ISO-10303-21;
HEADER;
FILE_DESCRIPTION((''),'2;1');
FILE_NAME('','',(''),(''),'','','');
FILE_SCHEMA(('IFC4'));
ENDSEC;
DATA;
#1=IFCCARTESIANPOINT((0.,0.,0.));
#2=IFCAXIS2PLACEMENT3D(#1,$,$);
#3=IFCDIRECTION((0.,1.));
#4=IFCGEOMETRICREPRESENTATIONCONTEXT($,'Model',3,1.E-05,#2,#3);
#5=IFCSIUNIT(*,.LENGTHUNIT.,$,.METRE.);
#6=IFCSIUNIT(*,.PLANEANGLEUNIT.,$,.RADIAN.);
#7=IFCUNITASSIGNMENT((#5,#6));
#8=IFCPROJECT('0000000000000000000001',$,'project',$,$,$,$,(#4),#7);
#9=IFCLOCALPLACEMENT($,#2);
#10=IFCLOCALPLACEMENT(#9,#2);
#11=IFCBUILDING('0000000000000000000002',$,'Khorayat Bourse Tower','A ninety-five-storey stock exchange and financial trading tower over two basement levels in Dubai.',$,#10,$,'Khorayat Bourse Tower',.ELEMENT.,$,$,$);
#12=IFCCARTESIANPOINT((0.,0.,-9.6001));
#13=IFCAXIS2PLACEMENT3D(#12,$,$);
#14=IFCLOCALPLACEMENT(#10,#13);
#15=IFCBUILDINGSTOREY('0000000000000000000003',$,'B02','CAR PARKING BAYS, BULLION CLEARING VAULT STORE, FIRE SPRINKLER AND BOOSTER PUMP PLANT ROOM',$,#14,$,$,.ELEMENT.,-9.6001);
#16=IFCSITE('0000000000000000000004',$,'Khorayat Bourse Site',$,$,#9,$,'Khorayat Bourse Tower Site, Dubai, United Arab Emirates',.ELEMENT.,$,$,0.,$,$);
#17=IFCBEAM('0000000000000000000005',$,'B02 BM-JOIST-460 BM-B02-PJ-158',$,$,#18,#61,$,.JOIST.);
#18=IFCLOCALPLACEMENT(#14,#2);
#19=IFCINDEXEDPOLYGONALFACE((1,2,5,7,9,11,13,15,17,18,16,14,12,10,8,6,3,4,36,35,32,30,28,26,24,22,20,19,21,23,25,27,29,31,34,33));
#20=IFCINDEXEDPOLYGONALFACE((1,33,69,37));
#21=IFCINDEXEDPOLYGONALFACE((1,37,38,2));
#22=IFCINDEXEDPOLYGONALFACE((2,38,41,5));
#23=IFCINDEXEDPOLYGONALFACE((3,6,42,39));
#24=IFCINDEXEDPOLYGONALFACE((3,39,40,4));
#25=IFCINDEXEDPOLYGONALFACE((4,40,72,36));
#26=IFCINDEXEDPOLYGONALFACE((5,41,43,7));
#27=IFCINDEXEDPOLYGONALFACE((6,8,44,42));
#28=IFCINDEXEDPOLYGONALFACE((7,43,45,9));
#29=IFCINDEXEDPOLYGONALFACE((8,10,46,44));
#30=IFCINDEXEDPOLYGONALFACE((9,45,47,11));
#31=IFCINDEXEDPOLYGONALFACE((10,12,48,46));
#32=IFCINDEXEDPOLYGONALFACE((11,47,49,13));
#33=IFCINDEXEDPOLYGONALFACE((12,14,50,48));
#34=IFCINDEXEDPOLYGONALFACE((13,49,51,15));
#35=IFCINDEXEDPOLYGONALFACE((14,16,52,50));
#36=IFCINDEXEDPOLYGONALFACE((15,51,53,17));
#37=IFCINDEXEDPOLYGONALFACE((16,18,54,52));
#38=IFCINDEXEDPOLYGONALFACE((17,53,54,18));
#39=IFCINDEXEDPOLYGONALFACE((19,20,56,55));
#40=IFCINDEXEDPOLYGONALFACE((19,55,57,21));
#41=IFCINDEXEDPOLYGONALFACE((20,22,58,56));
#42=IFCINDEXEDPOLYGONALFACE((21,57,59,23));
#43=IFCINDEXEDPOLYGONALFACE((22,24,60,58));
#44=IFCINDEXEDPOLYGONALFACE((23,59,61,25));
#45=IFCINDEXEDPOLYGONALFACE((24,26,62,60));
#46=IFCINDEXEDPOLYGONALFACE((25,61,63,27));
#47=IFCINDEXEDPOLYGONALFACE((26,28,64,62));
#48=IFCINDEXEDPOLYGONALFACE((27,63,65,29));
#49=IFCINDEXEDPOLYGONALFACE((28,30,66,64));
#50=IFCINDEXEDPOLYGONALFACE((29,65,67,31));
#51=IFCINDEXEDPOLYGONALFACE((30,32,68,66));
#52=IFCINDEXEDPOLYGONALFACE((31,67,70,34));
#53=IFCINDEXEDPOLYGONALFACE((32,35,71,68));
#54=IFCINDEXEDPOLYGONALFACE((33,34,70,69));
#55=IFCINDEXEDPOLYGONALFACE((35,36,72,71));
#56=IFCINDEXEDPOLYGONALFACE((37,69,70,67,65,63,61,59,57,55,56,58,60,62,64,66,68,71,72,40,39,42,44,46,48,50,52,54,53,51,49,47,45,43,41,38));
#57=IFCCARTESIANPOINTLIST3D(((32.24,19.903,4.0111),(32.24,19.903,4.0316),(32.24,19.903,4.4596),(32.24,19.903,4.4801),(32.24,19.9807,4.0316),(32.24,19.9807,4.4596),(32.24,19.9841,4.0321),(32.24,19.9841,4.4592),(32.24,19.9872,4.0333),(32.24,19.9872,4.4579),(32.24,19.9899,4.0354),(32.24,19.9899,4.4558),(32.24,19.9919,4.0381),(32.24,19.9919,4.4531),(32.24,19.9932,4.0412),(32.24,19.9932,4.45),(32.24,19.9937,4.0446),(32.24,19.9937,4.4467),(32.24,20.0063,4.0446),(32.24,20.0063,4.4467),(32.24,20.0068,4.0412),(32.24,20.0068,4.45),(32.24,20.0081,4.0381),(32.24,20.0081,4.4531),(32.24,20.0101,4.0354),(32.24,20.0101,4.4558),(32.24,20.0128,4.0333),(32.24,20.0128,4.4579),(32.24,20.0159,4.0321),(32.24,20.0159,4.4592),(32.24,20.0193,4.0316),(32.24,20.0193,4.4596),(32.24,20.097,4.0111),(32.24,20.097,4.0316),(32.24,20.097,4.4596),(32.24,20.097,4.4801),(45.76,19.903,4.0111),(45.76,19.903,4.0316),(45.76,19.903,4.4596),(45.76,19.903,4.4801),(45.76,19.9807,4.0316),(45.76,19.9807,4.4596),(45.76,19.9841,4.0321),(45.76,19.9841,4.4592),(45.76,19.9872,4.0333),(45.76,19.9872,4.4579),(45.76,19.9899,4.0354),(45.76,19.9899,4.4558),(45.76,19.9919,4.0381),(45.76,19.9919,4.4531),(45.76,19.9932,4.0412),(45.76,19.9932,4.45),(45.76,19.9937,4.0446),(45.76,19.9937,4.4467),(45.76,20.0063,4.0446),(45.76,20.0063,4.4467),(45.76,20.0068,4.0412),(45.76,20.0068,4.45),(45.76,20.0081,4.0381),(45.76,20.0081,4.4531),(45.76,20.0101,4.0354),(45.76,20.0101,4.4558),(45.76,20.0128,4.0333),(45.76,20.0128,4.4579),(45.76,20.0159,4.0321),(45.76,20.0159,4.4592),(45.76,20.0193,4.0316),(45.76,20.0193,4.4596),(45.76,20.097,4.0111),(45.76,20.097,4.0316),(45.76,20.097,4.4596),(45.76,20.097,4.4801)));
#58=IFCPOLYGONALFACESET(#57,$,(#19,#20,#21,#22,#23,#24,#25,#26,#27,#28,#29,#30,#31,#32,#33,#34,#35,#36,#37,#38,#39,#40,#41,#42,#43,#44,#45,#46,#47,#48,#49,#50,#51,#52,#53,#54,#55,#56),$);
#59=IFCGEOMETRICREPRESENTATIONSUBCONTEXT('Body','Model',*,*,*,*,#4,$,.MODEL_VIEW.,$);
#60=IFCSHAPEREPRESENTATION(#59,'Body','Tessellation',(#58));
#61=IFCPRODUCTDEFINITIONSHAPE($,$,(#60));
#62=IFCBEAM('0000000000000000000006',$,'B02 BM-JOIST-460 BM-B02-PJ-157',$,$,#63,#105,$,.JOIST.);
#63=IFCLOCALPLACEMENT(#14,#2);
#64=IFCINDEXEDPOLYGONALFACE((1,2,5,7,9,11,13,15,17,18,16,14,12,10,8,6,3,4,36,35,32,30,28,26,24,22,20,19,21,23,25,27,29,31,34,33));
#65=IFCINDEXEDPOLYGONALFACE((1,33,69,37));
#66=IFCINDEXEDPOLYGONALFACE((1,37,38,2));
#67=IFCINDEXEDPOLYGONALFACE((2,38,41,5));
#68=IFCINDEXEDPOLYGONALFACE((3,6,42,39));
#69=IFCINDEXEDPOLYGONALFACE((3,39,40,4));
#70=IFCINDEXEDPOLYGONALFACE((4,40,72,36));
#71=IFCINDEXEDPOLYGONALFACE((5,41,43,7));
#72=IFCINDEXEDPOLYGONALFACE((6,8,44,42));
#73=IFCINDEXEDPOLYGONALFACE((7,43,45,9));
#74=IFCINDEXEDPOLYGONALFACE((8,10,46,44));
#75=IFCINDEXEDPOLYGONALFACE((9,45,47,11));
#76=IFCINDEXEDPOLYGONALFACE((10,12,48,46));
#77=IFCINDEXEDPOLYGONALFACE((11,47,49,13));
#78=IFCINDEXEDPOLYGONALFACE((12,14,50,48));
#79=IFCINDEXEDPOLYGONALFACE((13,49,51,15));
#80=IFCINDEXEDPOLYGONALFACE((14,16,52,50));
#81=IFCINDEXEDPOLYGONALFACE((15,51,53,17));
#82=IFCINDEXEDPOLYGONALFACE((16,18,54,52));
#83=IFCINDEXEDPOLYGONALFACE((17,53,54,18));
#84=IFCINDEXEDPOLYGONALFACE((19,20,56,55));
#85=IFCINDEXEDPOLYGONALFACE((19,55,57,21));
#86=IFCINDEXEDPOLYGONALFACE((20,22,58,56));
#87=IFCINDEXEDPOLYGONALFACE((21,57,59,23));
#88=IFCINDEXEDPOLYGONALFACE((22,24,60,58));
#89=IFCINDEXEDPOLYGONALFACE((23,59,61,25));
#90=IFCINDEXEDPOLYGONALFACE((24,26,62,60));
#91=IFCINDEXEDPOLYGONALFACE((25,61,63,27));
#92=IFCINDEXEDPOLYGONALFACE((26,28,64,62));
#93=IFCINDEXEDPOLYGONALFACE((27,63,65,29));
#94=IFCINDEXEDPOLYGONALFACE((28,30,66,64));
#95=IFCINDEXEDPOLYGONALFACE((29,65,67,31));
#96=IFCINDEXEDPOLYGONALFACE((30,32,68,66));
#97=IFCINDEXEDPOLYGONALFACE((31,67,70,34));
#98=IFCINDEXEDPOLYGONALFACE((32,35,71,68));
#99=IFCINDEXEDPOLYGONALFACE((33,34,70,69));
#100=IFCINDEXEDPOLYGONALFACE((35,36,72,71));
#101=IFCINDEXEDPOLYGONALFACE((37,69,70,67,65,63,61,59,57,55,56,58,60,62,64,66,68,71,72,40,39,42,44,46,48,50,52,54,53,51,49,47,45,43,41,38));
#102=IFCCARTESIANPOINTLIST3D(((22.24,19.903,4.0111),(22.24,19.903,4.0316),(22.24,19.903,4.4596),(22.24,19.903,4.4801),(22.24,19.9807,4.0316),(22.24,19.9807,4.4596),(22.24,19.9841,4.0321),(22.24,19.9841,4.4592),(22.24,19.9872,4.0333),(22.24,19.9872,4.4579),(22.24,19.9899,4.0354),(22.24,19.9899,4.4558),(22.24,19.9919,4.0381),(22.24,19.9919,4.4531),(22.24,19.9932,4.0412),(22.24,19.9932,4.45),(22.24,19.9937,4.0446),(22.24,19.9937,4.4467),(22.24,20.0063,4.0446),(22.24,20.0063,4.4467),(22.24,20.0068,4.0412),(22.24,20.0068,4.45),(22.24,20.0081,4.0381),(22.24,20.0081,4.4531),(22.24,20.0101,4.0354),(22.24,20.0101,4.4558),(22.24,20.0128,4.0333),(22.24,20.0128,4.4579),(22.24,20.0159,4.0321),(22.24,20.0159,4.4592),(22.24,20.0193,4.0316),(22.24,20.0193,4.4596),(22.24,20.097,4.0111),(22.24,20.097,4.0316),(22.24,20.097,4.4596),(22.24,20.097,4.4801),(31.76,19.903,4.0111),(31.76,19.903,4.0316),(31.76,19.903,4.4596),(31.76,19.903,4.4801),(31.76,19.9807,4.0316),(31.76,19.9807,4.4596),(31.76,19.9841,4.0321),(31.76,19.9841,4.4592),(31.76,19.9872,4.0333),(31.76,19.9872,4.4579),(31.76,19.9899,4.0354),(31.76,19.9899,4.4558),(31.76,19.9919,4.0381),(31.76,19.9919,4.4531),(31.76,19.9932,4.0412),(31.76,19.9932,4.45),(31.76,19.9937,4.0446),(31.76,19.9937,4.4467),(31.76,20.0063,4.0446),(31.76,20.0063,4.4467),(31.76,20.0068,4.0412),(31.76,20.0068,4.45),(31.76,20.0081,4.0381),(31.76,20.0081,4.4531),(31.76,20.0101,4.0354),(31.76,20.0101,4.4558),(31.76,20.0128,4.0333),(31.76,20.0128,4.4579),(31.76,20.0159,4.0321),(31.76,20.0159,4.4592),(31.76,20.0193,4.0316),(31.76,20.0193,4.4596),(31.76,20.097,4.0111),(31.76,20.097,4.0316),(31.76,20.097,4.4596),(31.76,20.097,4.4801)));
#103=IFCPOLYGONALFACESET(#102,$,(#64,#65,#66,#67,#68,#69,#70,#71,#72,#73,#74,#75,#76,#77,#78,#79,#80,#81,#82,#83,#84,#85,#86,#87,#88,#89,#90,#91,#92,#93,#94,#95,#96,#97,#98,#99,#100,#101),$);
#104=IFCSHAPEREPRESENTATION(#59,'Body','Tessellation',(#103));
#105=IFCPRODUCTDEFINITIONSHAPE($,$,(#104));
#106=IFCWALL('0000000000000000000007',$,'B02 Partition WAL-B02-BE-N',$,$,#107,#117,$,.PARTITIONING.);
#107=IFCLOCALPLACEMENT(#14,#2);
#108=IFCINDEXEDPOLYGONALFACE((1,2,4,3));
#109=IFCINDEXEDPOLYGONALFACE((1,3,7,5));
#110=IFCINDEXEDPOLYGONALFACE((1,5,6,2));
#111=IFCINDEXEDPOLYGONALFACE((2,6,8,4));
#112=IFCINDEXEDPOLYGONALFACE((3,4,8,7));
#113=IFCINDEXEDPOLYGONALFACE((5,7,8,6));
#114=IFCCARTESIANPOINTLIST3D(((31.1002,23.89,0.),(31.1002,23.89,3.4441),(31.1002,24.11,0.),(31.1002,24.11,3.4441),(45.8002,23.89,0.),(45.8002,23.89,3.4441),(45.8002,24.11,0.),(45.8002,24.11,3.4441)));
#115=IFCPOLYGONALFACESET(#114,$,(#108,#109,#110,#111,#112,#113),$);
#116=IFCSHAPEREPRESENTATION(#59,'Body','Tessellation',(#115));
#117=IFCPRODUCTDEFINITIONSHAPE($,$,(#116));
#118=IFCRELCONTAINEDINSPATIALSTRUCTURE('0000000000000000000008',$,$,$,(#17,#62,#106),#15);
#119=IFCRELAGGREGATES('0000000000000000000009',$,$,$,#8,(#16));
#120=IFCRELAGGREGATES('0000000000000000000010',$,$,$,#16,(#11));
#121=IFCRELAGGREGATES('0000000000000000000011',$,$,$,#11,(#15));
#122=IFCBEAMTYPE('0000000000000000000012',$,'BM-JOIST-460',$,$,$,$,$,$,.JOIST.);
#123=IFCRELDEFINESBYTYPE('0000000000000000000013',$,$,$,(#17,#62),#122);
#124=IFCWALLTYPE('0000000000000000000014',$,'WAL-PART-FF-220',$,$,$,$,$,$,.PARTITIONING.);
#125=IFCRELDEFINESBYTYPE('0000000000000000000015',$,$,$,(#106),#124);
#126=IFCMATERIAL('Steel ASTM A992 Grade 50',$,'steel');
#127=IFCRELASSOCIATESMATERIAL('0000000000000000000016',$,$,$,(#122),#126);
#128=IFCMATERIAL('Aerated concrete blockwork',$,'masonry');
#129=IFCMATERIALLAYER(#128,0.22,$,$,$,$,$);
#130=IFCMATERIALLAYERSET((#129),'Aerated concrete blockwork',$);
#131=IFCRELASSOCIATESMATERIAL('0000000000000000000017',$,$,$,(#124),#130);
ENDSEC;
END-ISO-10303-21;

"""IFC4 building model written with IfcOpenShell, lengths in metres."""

from ifc_helpers import new_model, si_unit, direction, frame, frame_2d, origin, origin_2d, place, context, subcontext, project, spatial, rectangle, i_section, extrude, source, transform, mapped, material, layer, layer_set, material_profile, profile_set, type_object, element, save


model = new_model("IFC4")

# Units and contexts
model_context = context("Model", 3, precision=1e-05, world=origin(), true_north=direction((0.0, 1.0)))
body_context = subcontext(model_context, "Body", "Model", "MODEL_VIEW")
ifc_project = project(units=[si_unit("LENGTHUNIT", "METRE"), si_unit("PLANEANGLEUNIT", "RADIAN")], contexts=[model_context])

# Site, building, storey
site_placement = place(None, origin())
site = spatial("IfcSite", under=ifc_project, at=site_placement, Name="Khorayat Bourse Site", LongName="Khorayat Bourse Tower Site, Dubai, United Arab Emirates", CompositionType="ELEMENT", RefElevation=0.0)
building_placement = place(site_placement, origin())
building = spatial("IfcBuilding", under=site, at=building_placement, Name="Khorayat Bourse Tower", Description="A ninety-five-storey stock exchange and financial trading tower over two basement levels in Dubai.", LongName="Khorayat Bourse Tower", CompositionType="ELEMENT")
storey_placement = place(building_placement, frame((0.0, 0.0, -9.6001)))
storey = spatial("IfcBuildingStorey", under=building, at=storey_placement, Name="B02", Description="CAR PARKING BAYS, BULLION CLEARING VAULT STORE, FIRE SPRINKLER AND BOOSTER PUMP PLANT ROOM", CompositionType="ELEMENT", Elevation=-9.6001)

# Beams
ifc_material_1 = material(Name="Steel ASTM A992 Grade 50", Category="steel")
ifc_material_profile_1 = material_profile(ifc_material_1, i_section(OverallWidth=0.1941, OverallDepth=0.469, WebThickness=0.0127, FlangeThickness=0.0205, FilletRadius=0.0129, at=origin_2d()), Name="W460X106")
ifc_profile_set_1 = profile_set([ifc_material_profile_1], Name="Steel ASTM A992 Grade 50")
beam_type_1 = type_object("IfcBeamType", Name="BM-JOIST-460", PredefinedType="JOIST", material=ifc_profile_set_1)
shared_shape_1 = source(origin(), body_context, "Body", "SweptSolid", [
    extrude(i_section(OverallWidth=0.1941, OverallDepth=0.469, WebThickness=0.0127, FlangeThickness=0.0205, FilletRadius=0.0129, at=origin_2d()), origin(), (0.0, 0.0, 1.0), 13.52),
])
beam_1_placement = place(storey_placement, frame((32.24, 20.0, 4.2456), z_axis=(1.0, 0.0, 0.0), x_axis=(0.0, 1.0, 0.0)))
element("IfcBeam", 1, at=beam_1_placement, inside=storey, type_object=beam_type_1, Name="B02 BM-JOIST-460 BM-B02-PJ-158", PredefinedType="JOIST", context=body_context, shape_type="MappedRepresentation", body=[
    mapped(shared_shape_1, transform((0.0, 0.0, 0.0), scale=1.0)),
])
shared_shape_2 = source(origin(), body_context, "Body", "SweptSolid", [
    extrude(i_section(OverallWidth=0.1941, OverallDepth=0.469, WebThickness=0.0127, FlangeThickness=0.0205, FilletRadius=0.0129, at=origin_2d()), origin(), (0.0, 0.0, 1.0), 9.52),
])
beam_2_placement = place(storey_placement, frame((22.24, 20.0, 4.2456), z_axis=(1.0, 0.0, 0.0), x_axis=(0.0, 1.0, 0.0)))
element("IfcBeam", 2, at=beam_2_placement, inside=storey, type_object=beam_type_1, Name="B02 BM-JOIST-460 BM-B02-PJ-157", PredefinedType="JOIST", context=body_context, shape_type="MappedRepresentation", body=[
    mapped(shared_shape_2, transform((0.0, 0.0, 0.0), scale=1.0)),
])

# Wall
ifc_material_2 = material(Name="Aerated concrete blockwork", Category="masonry")
ifc_layer = layer(ifc_material_2, 0.22)
ifc_layer_set = layer_set([ifc_layer], Name="Aerated concrete blockwork")
wall_type = type_object("IfcWallType", Name="WAL-PART-FF-220", PredefinedType="PARTITIONING", material=ifc_layer_set)
shared_shape_3 = source(origin(), body_context, "Body", "SweptSolid", [
    extrude(rectangle(XDim=14.7, YDim=0.22, at=frame_2d((7.3501, 0.0))), origin(), (0.0, 0.0, 1.0), 3.4441),
])
wall_placement = place(storey_placement, frame((31.1001, 24.0, 0.0), z_axis=(0.0, 0.0, 1.0), x_axis=(1.0, 0.0, 0.0)))
element("IfcWall", 3, at=wall_placement, inside=storey, type_object=wall_type, Name="B02 Partition WAL-B02-BE-N", PredefinedType="PARTITIONING", context=body_context, shape_type="MappedRepresentation", body=[
    mapped(shared_shape_3, transform((0.0, 0.0, 0.0), scale=1.0)),
])

save(model, "model.ifc")
